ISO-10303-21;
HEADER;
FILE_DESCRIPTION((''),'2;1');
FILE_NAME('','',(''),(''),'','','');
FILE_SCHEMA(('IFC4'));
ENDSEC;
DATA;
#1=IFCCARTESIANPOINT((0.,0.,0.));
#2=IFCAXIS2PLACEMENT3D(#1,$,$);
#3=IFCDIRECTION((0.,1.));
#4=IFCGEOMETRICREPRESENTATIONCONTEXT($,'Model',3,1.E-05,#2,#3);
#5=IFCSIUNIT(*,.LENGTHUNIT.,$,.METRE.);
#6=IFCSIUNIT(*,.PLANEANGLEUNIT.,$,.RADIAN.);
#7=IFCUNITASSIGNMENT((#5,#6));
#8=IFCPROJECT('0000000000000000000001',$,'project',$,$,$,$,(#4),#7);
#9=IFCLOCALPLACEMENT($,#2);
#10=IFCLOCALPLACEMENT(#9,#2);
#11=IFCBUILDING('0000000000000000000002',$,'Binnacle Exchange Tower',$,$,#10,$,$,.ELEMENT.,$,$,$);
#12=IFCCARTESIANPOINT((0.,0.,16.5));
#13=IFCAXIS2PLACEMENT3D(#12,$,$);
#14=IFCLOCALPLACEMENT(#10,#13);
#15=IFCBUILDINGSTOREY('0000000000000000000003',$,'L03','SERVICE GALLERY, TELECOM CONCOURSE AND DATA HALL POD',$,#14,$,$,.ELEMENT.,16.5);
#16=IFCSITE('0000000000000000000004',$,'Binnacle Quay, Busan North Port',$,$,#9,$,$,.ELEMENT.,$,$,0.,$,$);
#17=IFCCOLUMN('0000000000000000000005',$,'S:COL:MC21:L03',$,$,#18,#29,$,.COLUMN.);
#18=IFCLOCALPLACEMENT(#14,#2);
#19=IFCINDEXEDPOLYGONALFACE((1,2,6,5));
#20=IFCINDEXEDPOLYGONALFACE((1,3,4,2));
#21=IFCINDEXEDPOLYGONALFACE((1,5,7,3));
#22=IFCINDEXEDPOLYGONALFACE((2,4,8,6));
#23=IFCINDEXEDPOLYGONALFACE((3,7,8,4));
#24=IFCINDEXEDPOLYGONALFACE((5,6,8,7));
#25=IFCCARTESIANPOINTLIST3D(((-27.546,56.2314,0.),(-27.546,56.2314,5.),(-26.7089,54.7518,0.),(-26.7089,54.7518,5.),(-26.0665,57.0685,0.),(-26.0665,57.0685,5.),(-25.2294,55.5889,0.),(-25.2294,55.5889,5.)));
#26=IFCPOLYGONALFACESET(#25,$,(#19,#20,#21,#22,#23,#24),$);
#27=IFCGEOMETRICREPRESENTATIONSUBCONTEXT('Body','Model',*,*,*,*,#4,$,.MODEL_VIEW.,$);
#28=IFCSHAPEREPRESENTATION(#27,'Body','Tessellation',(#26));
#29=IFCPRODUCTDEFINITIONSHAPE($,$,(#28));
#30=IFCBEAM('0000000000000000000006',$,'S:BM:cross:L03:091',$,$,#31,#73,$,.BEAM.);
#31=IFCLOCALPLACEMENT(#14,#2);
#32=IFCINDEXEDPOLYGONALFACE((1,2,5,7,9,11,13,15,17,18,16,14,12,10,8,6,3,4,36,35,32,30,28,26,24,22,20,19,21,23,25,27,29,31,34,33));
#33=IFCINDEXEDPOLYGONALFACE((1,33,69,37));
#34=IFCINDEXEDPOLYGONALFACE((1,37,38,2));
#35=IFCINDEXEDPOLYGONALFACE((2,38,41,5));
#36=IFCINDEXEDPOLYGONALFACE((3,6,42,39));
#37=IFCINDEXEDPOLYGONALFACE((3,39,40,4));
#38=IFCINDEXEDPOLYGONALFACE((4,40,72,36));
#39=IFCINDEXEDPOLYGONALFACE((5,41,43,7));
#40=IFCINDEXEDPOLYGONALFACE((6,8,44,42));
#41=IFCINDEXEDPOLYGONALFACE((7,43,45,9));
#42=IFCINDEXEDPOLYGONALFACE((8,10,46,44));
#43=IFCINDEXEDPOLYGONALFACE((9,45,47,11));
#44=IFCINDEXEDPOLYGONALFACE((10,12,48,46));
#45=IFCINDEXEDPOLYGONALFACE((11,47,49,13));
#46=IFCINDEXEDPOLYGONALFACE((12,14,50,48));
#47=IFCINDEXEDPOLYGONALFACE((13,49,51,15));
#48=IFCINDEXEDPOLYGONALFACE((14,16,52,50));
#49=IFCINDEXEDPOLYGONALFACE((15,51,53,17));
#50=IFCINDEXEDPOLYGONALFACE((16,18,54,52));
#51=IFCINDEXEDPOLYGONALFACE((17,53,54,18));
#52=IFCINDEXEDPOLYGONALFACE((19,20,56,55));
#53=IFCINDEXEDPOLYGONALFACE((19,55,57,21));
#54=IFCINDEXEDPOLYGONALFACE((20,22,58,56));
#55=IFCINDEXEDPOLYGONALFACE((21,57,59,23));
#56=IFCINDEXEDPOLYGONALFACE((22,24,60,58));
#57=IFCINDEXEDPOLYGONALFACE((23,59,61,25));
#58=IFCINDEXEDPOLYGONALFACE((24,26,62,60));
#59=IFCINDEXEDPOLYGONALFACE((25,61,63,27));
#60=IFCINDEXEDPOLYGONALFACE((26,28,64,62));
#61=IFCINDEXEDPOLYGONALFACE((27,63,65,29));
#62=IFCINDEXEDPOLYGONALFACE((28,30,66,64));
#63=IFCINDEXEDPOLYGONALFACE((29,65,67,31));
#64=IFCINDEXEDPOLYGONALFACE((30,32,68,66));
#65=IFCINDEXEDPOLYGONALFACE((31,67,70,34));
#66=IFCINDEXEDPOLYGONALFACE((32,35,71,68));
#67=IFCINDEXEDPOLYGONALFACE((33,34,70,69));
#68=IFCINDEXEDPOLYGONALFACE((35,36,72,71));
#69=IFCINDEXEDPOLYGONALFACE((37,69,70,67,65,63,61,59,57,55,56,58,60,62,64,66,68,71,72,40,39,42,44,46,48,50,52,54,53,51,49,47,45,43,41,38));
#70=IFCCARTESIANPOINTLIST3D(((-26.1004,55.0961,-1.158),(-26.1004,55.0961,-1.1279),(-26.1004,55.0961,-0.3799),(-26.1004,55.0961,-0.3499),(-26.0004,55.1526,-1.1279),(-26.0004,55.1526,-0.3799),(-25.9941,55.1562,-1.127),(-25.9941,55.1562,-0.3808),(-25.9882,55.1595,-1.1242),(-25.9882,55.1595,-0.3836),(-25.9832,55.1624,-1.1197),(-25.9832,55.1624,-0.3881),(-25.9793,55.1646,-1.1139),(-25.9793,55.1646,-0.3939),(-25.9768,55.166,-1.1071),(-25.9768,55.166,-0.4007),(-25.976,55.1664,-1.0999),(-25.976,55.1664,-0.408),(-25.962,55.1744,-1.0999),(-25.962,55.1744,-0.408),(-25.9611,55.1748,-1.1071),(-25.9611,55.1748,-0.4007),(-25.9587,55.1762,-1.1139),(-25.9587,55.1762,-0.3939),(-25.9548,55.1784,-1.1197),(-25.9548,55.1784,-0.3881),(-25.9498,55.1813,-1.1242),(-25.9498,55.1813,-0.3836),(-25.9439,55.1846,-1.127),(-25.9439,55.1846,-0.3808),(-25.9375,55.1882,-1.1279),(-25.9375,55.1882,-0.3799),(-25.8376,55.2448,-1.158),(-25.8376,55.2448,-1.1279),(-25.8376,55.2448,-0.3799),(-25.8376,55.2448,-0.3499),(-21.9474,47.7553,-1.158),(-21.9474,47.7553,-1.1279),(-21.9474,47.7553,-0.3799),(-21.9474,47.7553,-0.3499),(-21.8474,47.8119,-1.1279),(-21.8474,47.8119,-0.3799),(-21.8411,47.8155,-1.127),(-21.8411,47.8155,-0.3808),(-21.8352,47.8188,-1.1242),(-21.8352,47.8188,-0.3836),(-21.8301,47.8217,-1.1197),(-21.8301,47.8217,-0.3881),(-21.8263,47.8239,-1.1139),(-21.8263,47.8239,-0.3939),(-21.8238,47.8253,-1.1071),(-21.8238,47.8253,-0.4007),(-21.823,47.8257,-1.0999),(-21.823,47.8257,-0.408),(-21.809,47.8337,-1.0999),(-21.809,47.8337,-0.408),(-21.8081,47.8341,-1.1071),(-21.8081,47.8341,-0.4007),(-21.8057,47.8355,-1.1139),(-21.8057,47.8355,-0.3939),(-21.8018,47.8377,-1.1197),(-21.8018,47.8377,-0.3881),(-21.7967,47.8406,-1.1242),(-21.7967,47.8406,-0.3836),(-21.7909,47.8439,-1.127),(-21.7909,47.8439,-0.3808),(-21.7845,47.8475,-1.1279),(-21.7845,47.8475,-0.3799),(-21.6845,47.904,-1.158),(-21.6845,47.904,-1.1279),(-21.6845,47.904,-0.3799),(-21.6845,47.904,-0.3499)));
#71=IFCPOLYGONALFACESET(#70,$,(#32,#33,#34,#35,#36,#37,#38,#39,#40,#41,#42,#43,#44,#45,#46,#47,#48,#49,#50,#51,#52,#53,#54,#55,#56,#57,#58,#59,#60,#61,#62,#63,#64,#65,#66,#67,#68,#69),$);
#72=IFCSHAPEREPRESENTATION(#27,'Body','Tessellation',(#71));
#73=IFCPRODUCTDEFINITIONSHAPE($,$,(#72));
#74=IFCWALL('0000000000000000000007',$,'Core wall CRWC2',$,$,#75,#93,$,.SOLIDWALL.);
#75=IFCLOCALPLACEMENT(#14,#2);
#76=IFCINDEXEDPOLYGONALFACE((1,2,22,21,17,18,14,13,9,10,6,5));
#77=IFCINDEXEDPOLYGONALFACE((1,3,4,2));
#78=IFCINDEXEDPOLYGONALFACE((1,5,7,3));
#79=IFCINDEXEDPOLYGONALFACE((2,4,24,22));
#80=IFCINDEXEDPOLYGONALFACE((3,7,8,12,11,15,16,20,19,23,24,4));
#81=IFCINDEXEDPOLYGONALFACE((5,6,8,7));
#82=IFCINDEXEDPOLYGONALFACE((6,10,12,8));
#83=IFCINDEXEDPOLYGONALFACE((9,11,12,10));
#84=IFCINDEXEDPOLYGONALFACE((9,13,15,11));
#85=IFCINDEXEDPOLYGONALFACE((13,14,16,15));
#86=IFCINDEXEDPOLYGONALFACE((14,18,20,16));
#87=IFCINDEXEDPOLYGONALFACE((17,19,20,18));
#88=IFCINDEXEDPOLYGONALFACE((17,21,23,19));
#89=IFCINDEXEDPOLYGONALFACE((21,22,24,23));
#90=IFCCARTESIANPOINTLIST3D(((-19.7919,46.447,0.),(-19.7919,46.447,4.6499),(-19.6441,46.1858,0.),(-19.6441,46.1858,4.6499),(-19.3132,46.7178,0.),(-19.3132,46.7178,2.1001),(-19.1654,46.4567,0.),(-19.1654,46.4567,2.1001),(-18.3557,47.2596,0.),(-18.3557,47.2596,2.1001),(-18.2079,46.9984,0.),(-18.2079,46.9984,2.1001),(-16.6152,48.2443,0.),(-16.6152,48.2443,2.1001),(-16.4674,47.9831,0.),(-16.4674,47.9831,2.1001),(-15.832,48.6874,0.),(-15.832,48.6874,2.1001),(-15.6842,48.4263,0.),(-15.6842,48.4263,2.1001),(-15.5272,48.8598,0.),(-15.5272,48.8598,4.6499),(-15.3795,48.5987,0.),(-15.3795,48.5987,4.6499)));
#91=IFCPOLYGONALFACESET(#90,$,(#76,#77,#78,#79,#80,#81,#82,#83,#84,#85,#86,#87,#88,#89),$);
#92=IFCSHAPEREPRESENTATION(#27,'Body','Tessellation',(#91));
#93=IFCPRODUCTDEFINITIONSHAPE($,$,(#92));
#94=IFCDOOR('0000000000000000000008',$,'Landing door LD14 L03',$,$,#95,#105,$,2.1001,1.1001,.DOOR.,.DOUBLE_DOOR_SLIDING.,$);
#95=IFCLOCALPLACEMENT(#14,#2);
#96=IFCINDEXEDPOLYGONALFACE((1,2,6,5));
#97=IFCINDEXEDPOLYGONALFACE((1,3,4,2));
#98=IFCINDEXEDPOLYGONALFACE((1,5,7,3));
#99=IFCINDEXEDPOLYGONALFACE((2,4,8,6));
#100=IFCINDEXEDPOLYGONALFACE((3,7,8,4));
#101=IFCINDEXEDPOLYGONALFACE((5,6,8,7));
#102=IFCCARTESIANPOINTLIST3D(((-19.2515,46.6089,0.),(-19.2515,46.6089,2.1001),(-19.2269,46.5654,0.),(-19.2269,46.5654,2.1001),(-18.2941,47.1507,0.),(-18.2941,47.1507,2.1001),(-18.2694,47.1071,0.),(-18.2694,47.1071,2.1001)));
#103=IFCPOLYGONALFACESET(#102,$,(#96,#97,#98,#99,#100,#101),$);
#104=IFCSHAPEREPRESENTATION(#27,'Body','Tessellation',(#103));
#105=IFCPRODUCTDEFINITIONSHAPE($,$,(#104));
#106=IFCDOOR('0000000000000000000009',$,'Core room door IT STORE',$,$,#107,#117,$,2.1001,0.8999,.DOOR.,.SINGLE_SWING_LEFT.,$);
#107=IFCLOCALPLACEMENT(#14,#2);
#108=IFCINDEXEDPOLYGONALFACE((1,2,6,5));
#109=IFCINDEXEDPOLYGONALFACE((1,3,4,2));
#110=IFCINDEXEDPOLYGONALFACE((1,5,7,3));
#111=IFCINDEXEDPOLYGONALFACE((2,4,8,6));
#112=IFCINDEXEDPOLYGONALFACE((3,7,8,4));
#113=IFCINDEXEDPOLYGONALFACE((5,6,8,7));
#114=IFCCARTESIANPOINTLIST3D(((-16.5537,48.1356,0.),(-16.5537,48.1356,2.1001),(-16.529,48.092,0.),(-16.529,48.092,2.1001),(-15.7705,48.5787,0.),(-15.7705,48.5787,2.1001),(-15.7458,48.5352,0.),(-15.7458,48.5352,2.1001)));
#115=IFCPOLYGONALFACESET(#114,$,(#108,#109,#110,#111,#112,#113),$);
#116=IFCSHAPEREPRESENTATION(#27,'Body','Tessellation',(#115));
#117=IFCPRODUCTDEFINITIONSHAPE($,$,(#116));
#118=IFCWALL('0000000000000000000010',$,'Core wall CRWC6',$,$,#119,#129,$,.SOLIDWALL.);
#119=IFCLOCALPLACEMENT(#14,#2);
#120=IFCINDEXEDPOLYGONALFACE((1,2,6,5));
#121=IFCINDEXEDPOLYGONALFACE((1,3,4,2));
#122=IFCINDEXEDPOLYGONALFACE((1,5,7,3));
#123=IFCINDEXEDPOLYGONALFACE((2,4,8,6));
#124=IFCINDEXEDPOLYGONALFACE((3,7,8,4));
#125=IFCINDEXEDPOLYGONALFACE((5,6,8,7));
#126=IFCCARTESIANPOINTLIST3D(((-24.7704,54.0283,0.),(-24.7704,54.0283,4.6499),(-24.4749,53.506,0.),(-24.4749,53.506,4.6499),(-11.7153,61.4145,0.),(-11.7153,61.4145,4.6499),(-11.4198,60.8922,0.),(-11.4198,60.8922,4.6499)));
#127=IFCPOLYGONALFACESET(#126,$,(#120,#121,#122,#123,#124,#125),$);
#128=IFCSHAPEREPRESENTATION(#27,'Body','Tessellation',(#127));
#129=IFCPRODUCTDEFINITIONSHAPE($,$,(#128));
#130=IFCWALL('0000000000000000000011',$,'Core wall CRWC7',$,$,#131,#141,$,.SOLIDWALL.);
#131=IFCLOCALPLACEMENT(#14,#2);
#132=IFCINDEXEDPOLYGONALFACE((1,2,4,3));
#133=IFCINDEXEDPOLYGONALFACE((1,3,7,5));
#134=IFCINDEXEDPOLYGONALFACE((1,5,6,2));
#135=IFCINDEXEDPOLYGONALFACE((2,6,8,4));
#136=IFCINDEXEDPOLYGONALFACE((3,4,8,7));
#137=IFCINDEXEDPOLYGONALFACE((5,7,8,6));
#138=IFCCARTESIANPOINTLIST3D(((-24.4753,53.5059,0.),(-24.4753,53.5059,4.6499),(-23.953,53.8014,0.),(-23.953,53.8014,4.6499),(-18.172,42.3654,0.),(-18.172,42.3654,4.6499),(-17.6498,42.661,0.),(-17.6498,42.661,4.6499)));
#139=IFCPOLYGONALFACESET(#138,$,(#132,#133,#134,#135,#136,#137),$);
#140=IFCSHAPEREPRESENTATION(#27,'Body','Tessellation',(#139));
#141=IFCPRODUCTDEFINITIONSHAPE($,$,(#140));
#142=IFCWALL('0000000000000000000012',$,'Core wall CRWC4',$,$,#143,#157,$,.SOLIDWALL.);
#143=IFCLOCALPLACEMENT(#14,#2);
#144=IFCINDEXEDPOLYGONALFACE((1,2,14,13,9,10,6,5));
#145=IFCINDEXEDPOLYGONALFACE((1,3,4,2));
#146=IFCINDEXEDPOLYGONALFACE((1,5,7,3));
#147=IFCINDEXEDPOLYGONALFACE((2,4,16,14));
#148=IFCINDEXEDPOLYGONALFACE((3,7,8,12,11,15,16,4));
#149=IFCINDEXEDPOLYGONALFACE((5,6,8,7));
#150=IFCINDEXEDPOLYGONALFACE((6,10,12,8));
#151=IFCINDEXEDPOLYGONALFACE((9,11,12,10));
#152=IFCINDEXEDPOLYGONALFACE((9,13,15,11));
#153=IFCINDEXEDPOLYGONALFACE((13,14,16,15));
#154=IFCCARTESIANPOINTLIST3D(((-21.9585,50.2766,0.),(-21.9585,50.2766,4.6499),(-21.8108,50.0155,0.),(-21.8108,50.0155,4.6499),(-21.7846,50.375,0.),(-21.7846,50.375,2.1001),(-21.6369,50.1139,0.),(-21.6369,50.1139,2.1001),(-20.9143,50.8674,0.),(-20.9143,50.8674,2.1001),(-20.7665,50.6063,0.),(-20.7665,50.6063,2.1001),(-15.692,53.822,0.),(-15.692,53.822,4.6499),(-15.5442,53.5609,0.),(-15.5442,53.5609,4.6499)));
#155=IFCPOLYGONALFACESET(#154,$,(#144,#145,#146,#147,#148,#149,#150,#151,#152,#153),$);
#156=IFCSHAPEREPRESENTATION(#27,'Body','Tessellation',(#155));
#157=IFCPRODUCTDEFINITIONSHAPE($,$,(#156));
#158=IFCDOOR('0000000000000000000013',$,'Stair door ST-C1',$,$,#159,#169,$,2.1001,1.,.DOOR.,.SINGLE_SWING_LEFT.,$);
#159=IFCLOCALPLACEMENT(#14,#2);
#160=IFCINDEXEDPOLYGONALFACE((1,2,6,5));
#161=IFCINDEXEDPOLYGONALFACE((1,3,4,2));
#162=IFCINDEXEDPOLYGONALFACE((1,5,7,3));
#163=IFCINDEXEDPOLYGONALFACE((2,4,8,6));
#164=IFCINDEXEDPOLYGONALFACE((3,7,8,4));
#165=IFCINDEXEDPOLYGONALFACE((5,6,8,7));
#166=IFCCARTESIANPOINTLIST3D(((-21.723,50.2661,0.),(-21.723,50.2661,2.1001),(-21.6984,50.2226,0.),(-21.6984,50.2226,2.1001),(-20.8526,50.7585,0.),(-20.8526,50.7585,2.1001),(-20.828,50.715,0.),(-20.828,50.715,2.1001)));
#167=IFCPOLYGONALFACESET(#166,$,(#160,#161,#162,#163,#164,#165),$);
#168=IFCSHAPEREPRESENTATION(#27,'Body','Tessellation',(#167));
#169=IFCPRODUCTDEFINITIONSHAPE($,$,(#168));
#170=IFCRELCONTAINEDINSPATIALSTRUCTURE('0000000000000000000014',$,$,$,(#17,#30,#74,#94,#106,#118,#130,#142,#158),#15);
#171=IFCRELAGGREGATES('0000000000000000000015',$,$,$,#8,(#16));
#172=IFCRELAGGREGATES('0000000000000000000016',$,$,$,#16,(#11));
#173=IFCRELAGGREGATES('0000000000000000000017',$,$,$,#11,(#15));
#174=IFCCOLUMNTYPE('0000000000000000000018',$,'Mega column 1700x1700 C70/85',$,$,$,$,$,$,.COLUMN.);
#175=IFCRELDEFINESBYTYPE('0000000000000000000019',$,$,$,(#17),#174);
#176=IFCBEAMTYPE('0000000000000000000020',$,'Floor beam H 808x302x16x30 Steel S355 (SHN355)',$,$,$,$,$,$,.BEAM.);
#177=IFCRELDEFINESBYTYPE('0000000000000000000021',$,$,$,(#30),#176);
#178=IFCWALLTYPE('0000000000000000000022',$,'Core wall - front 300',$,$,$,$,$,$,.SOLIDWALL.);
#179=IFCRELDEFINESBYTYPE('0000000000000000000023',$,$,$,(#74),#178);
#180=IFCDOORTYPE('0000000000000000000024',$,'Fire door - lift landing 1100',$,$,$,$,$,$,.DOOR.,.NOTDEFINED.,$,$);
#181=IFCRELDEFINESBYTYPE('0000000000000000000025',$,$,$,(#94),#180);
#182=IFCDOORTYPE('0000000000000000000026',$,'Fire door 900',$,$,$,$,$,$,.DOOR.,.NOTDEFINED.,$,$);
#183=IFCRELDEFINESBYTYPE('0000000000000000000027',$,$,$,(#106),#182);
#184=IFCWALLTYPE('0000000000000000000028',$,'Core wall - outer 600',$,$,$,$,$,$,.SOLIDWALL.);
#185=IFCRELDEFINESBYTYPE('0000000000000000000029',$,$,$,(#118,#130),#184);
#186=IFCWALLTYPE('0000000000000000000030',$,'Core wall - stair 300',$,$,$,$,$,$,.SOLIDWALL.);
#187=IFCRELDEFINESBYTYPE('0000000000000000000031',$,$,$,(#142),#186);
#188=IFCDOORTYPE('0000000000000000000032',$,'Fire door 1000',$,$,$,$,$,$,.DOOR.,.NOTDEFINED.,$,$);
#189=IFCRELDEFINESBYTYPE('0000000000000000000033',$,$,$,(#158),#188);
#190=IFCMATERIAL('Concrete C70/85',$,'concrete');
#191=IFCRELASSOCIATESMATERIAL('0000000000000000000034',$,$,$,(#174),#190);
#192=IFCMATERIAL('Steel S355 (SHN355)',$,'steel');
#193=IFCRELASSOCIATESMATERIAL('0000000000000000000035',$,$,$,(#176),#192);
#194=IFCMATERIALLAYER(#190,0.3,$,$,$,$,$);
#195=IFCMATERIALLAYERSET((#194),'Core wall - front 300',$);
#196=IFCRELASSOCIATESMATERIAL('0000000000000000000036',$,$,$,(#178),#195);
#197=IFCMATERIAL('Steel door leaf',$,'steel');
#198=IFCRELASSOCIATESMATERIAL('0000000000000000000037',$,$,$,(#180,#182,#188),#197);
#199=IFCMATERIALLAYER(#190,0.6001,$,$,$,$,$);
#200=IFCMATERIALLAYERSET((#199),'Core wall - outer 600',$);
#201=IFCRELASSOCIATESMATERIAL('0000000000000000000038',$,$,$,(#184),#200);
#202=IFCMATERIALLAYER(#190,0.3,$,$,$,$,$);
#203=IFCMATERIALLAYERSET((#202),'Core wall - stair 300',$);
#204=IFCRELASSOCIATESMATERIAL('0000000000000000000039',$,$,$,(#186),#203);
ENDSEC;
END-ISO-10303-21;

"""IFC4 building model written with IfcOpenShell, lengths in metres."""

from ifc_helpers import new_model, si_unit, direction, frame, frame_2d, origin, origin_2d, place, context, subcontext, project, spatial, rectangle, i_section, extrude, material, layer, layer_set, material_profile, profile_set, type_object, element, fill, save


model = new_model("IFC4")

# Units and contexts
model_context = context("Model", 3, precision=1e-05, world=origin(), true_north=direction((0.0, 1.0)))
body_context = subcontext(model_context, "Body", "Model", "MODEL_VIEW")
ifc_project = project(units=[si_unit("LENGTHUNIT", "METRE"), si_unit("PLANEANGLEUNIT", "RADIAN")], contexts=[model_context])

# Site, building, storey
site_placement = place(None, origin())
site = spatial("IfcSite", under=ifc_project, at=site_placement, Name="Binnacle Quay, Busan North Port", CompositionType="ELEMENT", RefElevation=0.0)
building_placement = place(site_placement, origin())
building = spatial("IfcBuilding", under=site, at=building_placement, Name="Binnacle Exchange Tower", CompositionType="ELEMENT")
storey_placement = place(building_placement, frame((0.0, 0.0, 16.5)))
storey = spatial("IfcBuildingStorey", under=building, at=storey_placement, Name="L03", Description="SERVICE GALLERY, TELECOM CONCOURSE AND DATA HALL POD", CompositionType="ELEMENT", Elevation=16.5)

# Column
ifc_material_1 = material(Name="Concrete C70/85", Category="concrete")
ifc_material_profile_1 = material_profile(ifc_material_1, rectangle(XDim=1.7, YDim=1.7, at=origin_2d()), Name="Mega column 1700x1700 C70/85")
ifc_profile_set_1 = profile_set([ifc_material_profile_1], Name="Concrete C70/85")
column_type = type_object("IfcColumnType", Name="Mega column 1700x1700 C70/85", PredefinedType="COLUMN", material=ifc_profile_set_1)
column_placement = place(storey_placement, frame((-26.3877, 55.9102, 0.0), z_axis=(0.0, 0.0, 1.0), x_axis=(-0.870356, -0.492424, 0.0)))
element("IfcColumn", 1, at=column_placement, inside=storey, type_object=column_type, Name="S:COL:MC21:L03", PredefinedType="COLUMN", context=body_context, shape_type="SweptSolid", body=[
    extrude(rectangle(XDim=1.7, YDim=1.7, at=origin_2d()), origin(), (0.0, 0.0, 1.0), 5.0),
])

# Beam
ifc_material_2 = material(Name="Steel S355 (SHN355)", Category="steel")
ifc_material_profile_2 = material_profile(ifc_material_2, i_section(OverallWidth=0.302, OverallDepth=0.8081, WebThickness=0.0161, FlangeThickness=0.03, FilletRadius=0.0281, at=origin_2d()), Name="H 808x302x16x30")
ifc_profile_set_2 = profile_set([ifc_material_profile_2], Name="Steel S355 (SHN355)")
beam_type = type_object("IfcBeamType", Name="Floor beam H 808x302x16x30 Steel S355 (SHN355)", PredefinedType="BEAM", material=ifc_profile_set_2)
beam_placement = place(storey_placement, frame((-25.969, 55.1704, -0.7539), z_axis=(0.492409, -0.870364, 0.0), x_axis=(0.870364, 0.492409, 0.0)))
element("IfcBeam", 2, at=beam_placement, inside=storey, type_object=beam_type, Name="S:BM:cross:L03:091", PredefinedType="BEAM", context=body_context, shape_type="SweptSolid", body=[
    extrude(i_section(OverallWidth=0.302, OverallDepth=0.8081, WebThickness=0.0161, FlangeThickness=0.03, FilletRadius=0.0281, at=origin_2d()), origin(), (0.0, 0.0, 1.0), 8.4341),
])

# Wall, openings, doors
ifc_layer_1 = layer(ifc_material_1, 0.3)
ifc_layer_set_1 = layer_set([ifc_layer_1], Name="Core wall - front 300")
wall_type_1 = type_object("IfcWallType", Name="Core wall - front 300", PredefinedType="SOLIDWALL", material=ifc_layer_set_1)
wall_1_placement = place(storey_placement, frame((-19.718, 46.3164, 0.0), z_axis=(0.0, 0.0, 1.0), x_axis=(0.870354, 0.492427, 0.0)))
wall_1 = element("IfcWall", 3, at=wall_1_placement, inside=storey, type_object=wall_type_1, Name="Core wall CRWC2", PredefinedType="SOLIDWALL", context=body_context, shape_type="SweptSolid", body=[
    extrude(rectangle(XDim=4.8999, YDim=0.3, at=frame_2d((2.45, 0.0))), origin(), (0.0, 0.0, 1.0), 4.6499),
])
opening_1_placement = place(wall_1_placement, frame((0.55, 0.0, 0.0)))
opening_1 = element("IfcOpeningElement", 4, at=opening_1_placement, cuts=wall_1, PredefinedType="OPENING", context=body_context, shape_type="SweptSolid", body=[
    extrude(rectangle(XDim=1.1001, YDim=2.1001, at=frame_2d((0.55, 1.05))), frame((0.0, 0.1599, 0.0), z_axis=(0.0, -1.0, 0.0), x_axis=(1.0, 0.0, 0.0)), (0.0, 0.0, 1.0), 0.3201),
])
opening_2_placement = place(wall_1_placement, frame((3.6499, 0.0, 0.0)))
opening_2 = element("IfcOpeningElement", 5, at=opening_2_placement, cuts=wall_1, PredefinedType="OPENING", context=body_context, shape_type="SweptSolid", body=[
    extrude(rectangle(XDim=0.8999, YDim=2.1001, at=frame_2d((0.45, 1.05))), frame((0.0, 0.1599, 0.0), z_axis=(0.0, -1.0, 0.0), x_axis=(1.0, 0.0, 0.0)), (0.0, 0.0, 1.0), 0.3201),
])
ifc_material_3 = material(Name="Steel door leaf", Category="steel")
door_type_1 = type_object("IfcDoorType", Name="Fire door - lift landing 1100", OperationType="NOTDEFINED", PredefinedType="DOOR", material=ifc_material_3)
door_1_placement = place(opening_1_placement, origin())
door_1 = element("IfcDoor", 6, at=door_1_placement, inside=storey, type_object=door_type_1, Name="Landing door LD14 L03", OperationType="DOUBLE_DOOR_SLIDING", OverallHeight=2.1001, OverallWidth=1.1001, PredefinedType="DOOR", context=body_context, shape_type="SweptSolid", body=[
    extrude(rectangle(XDim=1.1001, YDim=2.1001, at=frame_2d((0.55, 1.05))), frame((0.0, 0.0249, 0.0), z_axis=(0.0, -1.0, 0.0), x_axis=(1.0, 0.0, 0.0)), (0.0, 0.0, 1.0), 0.05),
])
fill(opening_1, door_1)
door_type_2 = type_object("IfcDoorType", Name="Fire door 900", OperationType="NOTDEFINED", PredefinedType="DOOR", material=ifc_material_3)
door_2_placement = place(opening_2_placement, frame((0.8999, 0.0, 0.0), z_axis=(0.0, 0.0, 1.0), x_axis=(-1.0, 0.0, 0.0)))
door_2 = element("IfcDoor", 7, at=door_2_placement, inside=storey, type_object=door_type_2, Name="Core room door IT STORE", OperationType="SINGLE_SWING_LEFT", OverallHeight=2.1001, OverallWidth=0.8999, PredefinedType="DOOR", context=body_context, shape_type="SweptSolid", body=[
    extrude(rectangle(XDim=0.8999, YDim=2.1001, at=frame_2d((0.45, 1.05))), frame((0.0, 0.0249, 0.0), z_axis=(0.0, -1.0, 0.0), x_axis=(1.0, 0.0, 0.0)), (0.0, 0.0, 1.0), 0.05),
])
fill(opening_2, door_2)

# Walls
ifc_layer_2 = layer(ifc_material_1, 0.6001)
ifc_layer_set_2 = layer_set([ifc_layer_2], Name="Core wall - outer 600")
wall_type_2 = type_object("IfcWallType", Name="Core wall - outer 600", PredefinedType="SOLIDWALL", material=ifc_layer_set_2)
wall_2_placement = place(storey_placement, frame((-24.6228, 53.7671, 0.0), z_axis=(0.0, 0.0, 1.0), x_axis=(0.870357, 0.492422, 0.0)))
element("IfcWall", 8, at=wall_2_placement, inside=storey, type_object=wall_type_2, Name="Core wall CRWC6", PredefinedType="SOLIDWALL", context=body_context, shape_type="SweptSolid", body=[
    extrude(rectangle(XDim=14.9998, YDim=0.6001, at=frame_2d((7.5, 0.0))), origin(), (0.0, 0.0, 1.0), 4.6499),
])
wall_3_placement = place(storey_placement, frame((-24.2141, 53.6536, 0.0), z_axis=(0.0, 0.0, 1.0), x_axis=(0.492441, -0.870346, 0.0)))
element("IfcWall", 9, at=wall_3_placement, inside=storey, type_object=wall_type_2, Name="Core wall CRWC7", PredefinedType="SOLIDWALL", context=body_context, shape_type="SweptSolid", body=[
    extrude(rectangle(XDim=12.8, YDim=0.6001, at=frame_2d((6.3999, 0.0))), origin(), (0.0, 0.0, 1.0), 4.6499),
])

# Wall, opening, door
ifc_layer_3 = layer(ifc_material_1, 0.3)
ifc_layer_set_3 = layer_set([ifc_layer_3], Name="Core wall - stair 300")
wall_type_3 = type_object("IfcWallType", Name="Core wall - stair 300", PredefinedType="SOLIDWALL", material=ifc_layer_set_3)
wall_4_placement = place(storey_placement, frame((-21.8848, 50.146, 0.0), z_axis=(0.0, 0.0, 1.0), x_axis=(0.870359, 0.492417, 0.0)))
wall_4 = element("IfcWall", 10, at=wall_4_placement, inside=storey, type_object=wall_type_3, Name="Core wall CRWC4", PredefinedType="SOLIDWALL", context=body_context, shape_type="SweptSolid", body=[
    extrude(rectangle(XDim=7.2, YDim=0.3, at=frame_2d((3.6001, 0.0))), origin(), (0.0, 0.0, 1.0), 4.6499),
])
opening_3_placement = place(wall_4_placement, frame((0.2, 0.0, 0.0)))
opening_3 = element("IfcOpeningElement", 11, at=opening_3_placement, cuts=wall_4, PredefinedType="OPENING", context=body_context, shape_type="SweptSolid", body=[
    extrude(rectangle(XDim=1.0, YDim=2.1001, at=frame_2d((0.5, 1.05))), frame((0.0, 0.1599, 0.0), z_axis=(0.0, -1.0, 0.0), x_axis=(1.0, 0.0, 0.0)), (0.0, 0.0, 1.0), 0.3201),
])
door_type_3 = type_object("IfcDoorType", Name="Fire door 1000", OperationType="NOTDEFINED", PredefinedType="DOOR", material=ifc_material_3)
door_3_placement = place(opening_3_placement, origin())
door_3 = element("IfcDoor", 12, at=door_3_placement, inside=storey, type_object=door_type_3, Name="Stair door ST-C1", OperationType="SINGLE_SWING_LEFT", OverallHeight=2.1001, OverallWidth=1.0, PredefinedType="DOOR", context=body_context, shape_type="SweptSolid", body=[
    extrude(rectangle(XDim=1.0, YDim=2.1001, at=frame_2d((0.5, 1.05))), frame((0.0, 0.0249, 0.0), z_axis=(0.0, -1.0, 0.0), x_axis=(1.0, 0.0, 0.0)), (0.0, 0.0, 1.0), 0.05),
])
fill(opening_3, door_3)

save(model, "model.ifc")
